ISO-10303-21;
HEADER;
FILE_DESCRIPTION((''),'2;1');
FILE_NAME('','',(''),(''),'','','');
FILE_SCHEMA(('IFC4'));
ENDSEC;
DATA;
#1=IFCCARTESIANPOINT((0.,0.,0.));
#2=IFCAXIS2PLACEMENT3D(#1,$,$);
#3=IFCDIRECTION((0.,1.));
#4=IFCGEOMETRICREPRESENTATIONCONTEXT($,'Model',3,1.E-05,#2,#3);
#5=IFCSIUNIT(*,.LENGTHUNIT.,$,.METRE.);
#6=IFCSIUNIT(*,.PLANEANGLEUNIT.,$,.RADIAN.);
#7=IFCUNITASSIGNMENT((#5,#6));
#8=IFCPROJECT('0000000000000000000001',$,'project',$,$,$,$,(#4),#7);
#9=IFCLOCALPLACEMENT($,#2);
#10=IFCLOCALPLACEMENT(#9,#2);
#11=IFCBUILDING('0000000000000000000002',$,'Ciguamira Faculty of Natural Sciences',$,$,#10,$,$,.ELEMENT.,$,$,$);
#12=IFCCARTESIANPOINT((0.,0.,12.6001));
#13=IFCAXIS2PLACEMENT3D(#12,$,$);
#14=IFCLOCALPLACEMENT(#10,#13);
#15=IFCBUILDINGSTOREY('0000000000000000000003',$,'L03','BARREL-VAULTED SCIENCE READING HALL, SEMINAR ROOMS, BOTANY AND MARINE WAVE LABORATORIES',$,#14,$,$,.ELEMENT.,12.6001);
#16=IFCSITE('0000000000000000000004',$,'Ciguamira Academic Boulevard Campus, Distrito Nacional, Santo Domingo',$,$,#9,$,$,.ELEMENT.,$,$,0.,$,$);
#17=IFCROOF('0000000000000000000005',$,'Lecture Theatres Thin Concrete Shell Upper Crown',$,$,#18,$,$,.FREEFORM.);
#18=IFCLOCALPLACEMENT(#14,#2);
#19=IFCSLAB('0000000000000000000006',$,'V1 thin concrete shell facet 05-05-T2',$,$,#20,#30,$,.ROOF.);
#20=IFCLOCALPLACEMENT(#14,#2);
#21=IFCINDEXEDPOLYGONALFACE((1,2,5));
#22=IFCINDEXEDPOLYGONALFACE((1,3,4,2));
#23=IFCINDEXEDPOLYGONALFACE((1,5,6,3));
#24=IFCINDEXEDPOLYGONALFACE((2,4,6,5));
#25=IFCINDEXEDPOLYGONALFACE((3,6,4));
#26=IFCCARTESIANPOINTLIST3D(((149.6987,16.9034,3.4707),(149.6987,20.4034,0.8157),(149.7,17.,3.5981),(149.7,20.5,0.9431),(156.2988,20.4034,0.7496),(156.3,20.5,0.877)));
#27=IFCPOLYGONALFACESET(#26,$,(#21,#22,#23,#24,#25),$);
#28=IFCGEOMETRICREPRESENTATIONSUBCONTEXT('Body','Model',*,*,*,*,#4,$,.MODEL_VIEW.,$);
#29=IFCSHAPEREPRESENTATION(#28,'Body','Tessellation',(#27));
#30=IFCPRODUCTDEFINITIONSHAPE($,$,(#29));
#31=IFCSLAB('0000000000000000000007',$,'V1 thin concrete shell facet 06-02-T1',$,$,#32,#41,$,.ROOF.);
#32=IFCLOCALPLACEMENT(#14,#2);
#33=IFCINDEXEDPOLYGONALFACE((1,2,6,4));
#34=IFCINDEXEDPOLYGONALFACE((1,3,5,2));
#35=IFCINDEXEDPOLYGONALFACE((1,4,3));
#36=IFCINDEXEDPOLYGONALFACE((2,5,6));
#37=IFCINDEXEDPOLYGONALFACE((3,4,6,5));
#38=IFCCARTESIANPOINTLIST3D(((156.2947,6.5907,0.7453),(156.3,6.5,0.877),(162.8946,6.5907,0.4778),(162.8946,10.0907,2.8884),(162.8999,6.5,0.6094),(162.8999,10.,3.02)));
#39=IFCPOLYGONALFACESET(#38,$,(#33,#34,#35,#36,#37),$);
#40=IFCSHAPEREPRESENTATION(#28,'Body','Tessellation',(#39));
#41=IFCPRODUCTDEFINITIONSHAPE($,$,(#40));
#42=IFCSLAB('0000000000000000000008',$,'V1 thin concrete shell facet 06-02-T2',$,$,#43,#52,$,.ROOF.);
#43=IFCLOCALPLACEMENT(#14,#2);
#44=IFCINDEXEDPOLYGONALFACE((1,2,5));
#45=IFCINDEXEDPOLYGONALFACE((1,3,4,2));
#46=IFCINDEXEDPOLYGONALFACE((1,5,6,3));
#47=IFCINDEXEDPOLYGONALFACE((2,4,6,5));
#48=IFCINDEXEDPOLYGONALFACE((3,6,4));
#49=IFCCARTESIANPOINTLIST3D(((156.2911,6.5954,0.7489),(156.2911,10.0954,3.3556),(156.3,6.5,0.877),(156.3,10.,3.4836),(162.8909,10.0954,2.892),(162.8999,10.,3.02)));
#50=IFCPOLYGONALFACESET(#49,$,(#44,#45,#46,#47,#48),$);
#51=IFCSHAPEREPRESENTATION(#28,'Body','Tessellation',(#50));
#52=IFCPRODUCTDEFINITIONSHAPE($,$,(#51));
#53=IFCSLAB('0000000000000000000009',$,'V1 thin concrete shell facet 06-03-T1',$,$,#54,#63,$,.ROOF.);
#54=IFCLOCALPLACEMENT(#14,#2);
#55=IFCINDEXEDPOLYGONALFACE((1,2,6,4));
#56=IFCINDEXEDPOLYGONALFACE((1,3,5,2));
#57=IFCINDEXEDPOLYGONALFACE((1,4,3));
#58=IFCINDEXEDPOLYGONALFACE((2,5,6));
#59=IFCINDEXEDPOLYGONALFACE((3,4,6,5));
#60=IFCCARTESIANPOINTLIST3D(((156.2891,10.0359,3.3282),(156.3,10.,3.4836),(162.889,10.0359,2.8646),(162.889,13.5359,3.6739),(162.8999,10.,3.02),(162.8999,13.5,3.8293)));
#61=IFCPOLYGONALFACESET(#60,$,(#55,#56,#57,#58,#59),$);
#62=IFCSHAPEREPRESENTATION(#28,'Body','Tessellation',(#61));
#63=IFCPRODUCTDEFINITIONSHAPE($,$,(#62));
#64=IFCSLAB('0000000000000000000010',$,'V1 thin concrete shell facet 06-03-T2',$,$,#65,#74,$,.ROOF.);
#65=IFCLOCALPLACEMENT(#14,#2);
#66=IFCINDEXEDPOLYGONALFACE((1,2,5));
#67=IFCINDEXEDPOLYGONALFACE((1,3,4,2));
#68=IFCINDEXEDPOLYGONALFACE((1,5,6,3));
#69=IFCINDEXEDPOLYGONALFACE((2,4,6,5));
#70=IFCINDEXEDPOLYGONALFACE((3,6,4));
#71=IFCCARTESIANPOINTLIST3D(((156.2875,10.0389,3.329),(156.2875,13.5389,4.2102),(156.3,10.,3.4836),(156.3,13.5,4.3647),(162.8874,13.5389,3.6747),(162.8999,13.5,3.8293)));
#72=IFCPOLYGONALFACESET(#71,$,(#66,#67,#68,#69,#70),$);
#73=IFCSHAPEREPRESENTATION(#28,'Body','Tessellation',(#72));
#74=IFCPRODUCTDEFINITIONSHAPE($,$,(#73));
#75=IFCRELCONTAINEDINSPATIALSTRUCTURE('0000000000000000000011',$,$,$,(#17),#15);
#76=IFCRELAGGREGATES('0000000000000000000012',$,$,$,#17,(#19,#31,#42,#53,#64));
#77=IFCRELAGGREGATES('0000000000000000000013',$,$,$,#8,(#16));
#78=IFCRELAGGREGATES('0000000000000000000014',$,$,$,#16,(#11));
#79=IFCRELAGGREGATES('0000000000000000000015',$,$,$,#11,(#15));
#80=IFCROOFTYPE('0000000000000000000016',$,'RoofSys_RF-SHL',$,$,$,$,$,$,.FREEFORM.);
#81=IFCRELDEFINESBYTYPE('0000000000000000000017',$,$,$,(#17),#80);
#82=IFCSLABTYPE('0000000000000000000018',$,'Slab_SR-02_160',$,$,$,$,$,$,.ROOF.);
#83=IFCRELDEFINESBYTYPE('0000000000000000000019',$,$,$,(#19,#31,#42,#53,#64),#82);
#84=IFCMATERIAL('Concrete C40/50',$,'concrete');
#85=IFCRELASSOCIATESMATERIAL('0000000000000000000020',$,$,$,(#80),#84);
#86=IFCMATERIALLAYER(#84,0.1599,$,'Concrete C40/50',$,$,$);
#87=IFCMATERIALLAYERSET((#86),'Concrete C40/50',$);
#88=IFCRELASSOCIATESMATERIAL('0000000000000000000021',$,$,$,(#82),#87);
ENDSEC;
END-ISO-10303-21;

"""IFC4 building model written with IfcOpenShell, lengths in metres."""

from ifc_helpers import new_model, si_unit, direction, frame, origin, place, context, subcontext, project, spatial, polyline, outline, extrude, material, layer, layer_set, type_object, element, aggregate, save


model = new_model("IFC4")

# Units and contexts
model_context = context("Model", 3, precision=1e-05, world=origin(), true_north=direction((0.0, 1.0)))
body_context = subcontext(model_context, "Body", "Model", "MODEL_VIEW")
ifc_project = project(units=[si_unit("LENGTHUNIT", "METRE"), si_unit("PLANEANGLEUNIT", "RADIAN")], contexts=[model_context])

# Site, building, storey
site_placement = place(None, origin())
site = spatial("IfcSite", under=ifc_project, at=site_placement, Name="Ciguamira Academic Boulevard Campus, Distrito Nacional, Santo Domingo", CompositionType="ELEMENT", RefElevation=0.0)
building_placement = place(site_placement, origin())
building = spatial("IfcBuilding", under=site, at=building_placement, Name="Ciguamira Faculty of Natural Sciences", CompositionType="ELEMENT")
storey_placement = place(building_placement, frame((0.0, 0.0, 12.6001)))
storey = spatial("IfcBuildingStorey", under=building, at=storey_placement, Name="L03", Description="BARREL-VAULTED SCIENCE READING HALL, SEMINAR ROOMS, BOTANY AND MARINE WAVE LABORATORIES", CompositionType="ELEMENT", Elevation=12.6001)

# Shared definitions
ifc_material = material(Name="Concrete C40/50", Category="concrete")

# Roof, slabs
roof_type = type_object("IfcRoofType", Name="RoofSys_RF-SHL", PredefinedType="FREEFORM", material=ifc_material)
roof_placement = place(storey_placement, origin())
roof = element("IfcRoof", 1, at=roof_placement, inside=storey, type_object=roof_type, Name="Lecture Theatres Thin Concrete Shell Upper Crown", PredefinedType="FREEFORM")
ifc_layer = layer(ifc_material, 0.1599, Name="Concrete C40/50")
ifc_layer_set = layer_set([ifc_layer], Name="Concrete C40/50")
slab_type = type_object("IfcSlabType", Name="Slab_SR-02_160", PredefinedType="ROOF", material=ifc_layer_set)
slab_1_placement = place(storey_placement, frame((149.7, 17.0, 3.5981), z_axis=(0.007986, 0.604347, 0.796682), x_axis=(0.830111, 0.440204, -0.342251)))
slab_1 = element("IfcSlab", 2, at=slab_1_placement, type_object=slab_type, Name="V1 thin concrete shell facet 05-05-T2", PredefinedType="ROOF", context=body_context, shape_type="SweptSolid", body=[
    extrude(outline(polyline([(0.0, 0.0), (7.9509, 0.0), (2.4494, 3.6469), (0.0, 0.0)])), origin(), (0.0, 0.0, -1.0), 0.1599),
])
slab_2_placement = place(storey_placement, frame((156.3, 6.5, 0.877), z_axis=(0.033371, -0.566915, 0.8231), x_axis=(0.999179, 0.0, -0.04051)))
slab_2 = element("IfcSlab", 3, at=slab_2_placement, type_object=slab_type, Name="V1 thin concrete shell facet 06-02-T1", PredefinedType="ROOF", context=body_context, shape_type="SweptSolid", body=[
    extrude(outline(polyline([(0.0, 0.0), (6.6053, 0.0), (6.5076, 4.2487), (0.0, 0.0)])), origin(), (0.0, 0.0, -1.0), 0.1599),
])
slab_3_placement = place(storey_placement, frame((156.3, 6.5, 0.877), z_axis=(0.05625, -0.596366, 0.80074), x_axis=(0.849206, 0.450346, 0.275749)))
slab_3 = element("IfcSlab", 4, at=slab_3_placement, type_object=slab_type, Name="V1 thin concrete shell facet 06-02-T2", PredefinedType="ROOF", context=body_context, shape_type="SweptSolid", body=[
    extrude(outline(polyline([(0.0, 0.0), (7.7718, 0.0), (2.295, 3.7118), (0.0, 0.0)])), origin(), (0.0, 0.0, -1.0), 0.1599),
])
slab_4_placement = place(storey_placement, frame((156.3, 10.0, 3.4836), z_axis=(0.068282, -0.224765, 0.972018), x_axis=(0.997542, 0.0, -0.070075)))
slab_4 = element("IfcSlab", 5, at=slab_4_placement, type_object=slab_type, Name="V1 thin concrete shell facet 06-03-T1", PredefinedType="ROOF", context=body_context, shape_type="SweptSolid", body=[
    extrude(outline(polyline([(0.0, 0.0), (6.6161, 0.0), (6.5594, 3.5919), (0.0, 0.0)])), origin(), (0.0, 0.0, -1.0), 0.1599),
])
slab_5_placement = place(storey_placement, frame((156.3, 10.0, 3.4836), z_axis=(0.078426, -0.243375, 0.966756), x_axis=(0.882513, 0.46801, 0.046226)))
slab_5 = element("IfcSlab", 6, at=slab_5_placement, type_object=slab_type, Name="V1 thin concrete shell facet 06-03-T2", PredefinedType="ROOF", context=body_context, shape_type="SweptSolid", body=[
    extrude(outline(polyline([(0.0, 0.0), (7.4785, 0.0), (1.6788, 3.195), (0.0, 0.0)])), origin(), (0.0, 0.0, -1.0), 0.1599),
])
aggregate(roof, [slab_1, slab_2, slab_3, slab_4, slab_5])

save(model, "model.ifc")
